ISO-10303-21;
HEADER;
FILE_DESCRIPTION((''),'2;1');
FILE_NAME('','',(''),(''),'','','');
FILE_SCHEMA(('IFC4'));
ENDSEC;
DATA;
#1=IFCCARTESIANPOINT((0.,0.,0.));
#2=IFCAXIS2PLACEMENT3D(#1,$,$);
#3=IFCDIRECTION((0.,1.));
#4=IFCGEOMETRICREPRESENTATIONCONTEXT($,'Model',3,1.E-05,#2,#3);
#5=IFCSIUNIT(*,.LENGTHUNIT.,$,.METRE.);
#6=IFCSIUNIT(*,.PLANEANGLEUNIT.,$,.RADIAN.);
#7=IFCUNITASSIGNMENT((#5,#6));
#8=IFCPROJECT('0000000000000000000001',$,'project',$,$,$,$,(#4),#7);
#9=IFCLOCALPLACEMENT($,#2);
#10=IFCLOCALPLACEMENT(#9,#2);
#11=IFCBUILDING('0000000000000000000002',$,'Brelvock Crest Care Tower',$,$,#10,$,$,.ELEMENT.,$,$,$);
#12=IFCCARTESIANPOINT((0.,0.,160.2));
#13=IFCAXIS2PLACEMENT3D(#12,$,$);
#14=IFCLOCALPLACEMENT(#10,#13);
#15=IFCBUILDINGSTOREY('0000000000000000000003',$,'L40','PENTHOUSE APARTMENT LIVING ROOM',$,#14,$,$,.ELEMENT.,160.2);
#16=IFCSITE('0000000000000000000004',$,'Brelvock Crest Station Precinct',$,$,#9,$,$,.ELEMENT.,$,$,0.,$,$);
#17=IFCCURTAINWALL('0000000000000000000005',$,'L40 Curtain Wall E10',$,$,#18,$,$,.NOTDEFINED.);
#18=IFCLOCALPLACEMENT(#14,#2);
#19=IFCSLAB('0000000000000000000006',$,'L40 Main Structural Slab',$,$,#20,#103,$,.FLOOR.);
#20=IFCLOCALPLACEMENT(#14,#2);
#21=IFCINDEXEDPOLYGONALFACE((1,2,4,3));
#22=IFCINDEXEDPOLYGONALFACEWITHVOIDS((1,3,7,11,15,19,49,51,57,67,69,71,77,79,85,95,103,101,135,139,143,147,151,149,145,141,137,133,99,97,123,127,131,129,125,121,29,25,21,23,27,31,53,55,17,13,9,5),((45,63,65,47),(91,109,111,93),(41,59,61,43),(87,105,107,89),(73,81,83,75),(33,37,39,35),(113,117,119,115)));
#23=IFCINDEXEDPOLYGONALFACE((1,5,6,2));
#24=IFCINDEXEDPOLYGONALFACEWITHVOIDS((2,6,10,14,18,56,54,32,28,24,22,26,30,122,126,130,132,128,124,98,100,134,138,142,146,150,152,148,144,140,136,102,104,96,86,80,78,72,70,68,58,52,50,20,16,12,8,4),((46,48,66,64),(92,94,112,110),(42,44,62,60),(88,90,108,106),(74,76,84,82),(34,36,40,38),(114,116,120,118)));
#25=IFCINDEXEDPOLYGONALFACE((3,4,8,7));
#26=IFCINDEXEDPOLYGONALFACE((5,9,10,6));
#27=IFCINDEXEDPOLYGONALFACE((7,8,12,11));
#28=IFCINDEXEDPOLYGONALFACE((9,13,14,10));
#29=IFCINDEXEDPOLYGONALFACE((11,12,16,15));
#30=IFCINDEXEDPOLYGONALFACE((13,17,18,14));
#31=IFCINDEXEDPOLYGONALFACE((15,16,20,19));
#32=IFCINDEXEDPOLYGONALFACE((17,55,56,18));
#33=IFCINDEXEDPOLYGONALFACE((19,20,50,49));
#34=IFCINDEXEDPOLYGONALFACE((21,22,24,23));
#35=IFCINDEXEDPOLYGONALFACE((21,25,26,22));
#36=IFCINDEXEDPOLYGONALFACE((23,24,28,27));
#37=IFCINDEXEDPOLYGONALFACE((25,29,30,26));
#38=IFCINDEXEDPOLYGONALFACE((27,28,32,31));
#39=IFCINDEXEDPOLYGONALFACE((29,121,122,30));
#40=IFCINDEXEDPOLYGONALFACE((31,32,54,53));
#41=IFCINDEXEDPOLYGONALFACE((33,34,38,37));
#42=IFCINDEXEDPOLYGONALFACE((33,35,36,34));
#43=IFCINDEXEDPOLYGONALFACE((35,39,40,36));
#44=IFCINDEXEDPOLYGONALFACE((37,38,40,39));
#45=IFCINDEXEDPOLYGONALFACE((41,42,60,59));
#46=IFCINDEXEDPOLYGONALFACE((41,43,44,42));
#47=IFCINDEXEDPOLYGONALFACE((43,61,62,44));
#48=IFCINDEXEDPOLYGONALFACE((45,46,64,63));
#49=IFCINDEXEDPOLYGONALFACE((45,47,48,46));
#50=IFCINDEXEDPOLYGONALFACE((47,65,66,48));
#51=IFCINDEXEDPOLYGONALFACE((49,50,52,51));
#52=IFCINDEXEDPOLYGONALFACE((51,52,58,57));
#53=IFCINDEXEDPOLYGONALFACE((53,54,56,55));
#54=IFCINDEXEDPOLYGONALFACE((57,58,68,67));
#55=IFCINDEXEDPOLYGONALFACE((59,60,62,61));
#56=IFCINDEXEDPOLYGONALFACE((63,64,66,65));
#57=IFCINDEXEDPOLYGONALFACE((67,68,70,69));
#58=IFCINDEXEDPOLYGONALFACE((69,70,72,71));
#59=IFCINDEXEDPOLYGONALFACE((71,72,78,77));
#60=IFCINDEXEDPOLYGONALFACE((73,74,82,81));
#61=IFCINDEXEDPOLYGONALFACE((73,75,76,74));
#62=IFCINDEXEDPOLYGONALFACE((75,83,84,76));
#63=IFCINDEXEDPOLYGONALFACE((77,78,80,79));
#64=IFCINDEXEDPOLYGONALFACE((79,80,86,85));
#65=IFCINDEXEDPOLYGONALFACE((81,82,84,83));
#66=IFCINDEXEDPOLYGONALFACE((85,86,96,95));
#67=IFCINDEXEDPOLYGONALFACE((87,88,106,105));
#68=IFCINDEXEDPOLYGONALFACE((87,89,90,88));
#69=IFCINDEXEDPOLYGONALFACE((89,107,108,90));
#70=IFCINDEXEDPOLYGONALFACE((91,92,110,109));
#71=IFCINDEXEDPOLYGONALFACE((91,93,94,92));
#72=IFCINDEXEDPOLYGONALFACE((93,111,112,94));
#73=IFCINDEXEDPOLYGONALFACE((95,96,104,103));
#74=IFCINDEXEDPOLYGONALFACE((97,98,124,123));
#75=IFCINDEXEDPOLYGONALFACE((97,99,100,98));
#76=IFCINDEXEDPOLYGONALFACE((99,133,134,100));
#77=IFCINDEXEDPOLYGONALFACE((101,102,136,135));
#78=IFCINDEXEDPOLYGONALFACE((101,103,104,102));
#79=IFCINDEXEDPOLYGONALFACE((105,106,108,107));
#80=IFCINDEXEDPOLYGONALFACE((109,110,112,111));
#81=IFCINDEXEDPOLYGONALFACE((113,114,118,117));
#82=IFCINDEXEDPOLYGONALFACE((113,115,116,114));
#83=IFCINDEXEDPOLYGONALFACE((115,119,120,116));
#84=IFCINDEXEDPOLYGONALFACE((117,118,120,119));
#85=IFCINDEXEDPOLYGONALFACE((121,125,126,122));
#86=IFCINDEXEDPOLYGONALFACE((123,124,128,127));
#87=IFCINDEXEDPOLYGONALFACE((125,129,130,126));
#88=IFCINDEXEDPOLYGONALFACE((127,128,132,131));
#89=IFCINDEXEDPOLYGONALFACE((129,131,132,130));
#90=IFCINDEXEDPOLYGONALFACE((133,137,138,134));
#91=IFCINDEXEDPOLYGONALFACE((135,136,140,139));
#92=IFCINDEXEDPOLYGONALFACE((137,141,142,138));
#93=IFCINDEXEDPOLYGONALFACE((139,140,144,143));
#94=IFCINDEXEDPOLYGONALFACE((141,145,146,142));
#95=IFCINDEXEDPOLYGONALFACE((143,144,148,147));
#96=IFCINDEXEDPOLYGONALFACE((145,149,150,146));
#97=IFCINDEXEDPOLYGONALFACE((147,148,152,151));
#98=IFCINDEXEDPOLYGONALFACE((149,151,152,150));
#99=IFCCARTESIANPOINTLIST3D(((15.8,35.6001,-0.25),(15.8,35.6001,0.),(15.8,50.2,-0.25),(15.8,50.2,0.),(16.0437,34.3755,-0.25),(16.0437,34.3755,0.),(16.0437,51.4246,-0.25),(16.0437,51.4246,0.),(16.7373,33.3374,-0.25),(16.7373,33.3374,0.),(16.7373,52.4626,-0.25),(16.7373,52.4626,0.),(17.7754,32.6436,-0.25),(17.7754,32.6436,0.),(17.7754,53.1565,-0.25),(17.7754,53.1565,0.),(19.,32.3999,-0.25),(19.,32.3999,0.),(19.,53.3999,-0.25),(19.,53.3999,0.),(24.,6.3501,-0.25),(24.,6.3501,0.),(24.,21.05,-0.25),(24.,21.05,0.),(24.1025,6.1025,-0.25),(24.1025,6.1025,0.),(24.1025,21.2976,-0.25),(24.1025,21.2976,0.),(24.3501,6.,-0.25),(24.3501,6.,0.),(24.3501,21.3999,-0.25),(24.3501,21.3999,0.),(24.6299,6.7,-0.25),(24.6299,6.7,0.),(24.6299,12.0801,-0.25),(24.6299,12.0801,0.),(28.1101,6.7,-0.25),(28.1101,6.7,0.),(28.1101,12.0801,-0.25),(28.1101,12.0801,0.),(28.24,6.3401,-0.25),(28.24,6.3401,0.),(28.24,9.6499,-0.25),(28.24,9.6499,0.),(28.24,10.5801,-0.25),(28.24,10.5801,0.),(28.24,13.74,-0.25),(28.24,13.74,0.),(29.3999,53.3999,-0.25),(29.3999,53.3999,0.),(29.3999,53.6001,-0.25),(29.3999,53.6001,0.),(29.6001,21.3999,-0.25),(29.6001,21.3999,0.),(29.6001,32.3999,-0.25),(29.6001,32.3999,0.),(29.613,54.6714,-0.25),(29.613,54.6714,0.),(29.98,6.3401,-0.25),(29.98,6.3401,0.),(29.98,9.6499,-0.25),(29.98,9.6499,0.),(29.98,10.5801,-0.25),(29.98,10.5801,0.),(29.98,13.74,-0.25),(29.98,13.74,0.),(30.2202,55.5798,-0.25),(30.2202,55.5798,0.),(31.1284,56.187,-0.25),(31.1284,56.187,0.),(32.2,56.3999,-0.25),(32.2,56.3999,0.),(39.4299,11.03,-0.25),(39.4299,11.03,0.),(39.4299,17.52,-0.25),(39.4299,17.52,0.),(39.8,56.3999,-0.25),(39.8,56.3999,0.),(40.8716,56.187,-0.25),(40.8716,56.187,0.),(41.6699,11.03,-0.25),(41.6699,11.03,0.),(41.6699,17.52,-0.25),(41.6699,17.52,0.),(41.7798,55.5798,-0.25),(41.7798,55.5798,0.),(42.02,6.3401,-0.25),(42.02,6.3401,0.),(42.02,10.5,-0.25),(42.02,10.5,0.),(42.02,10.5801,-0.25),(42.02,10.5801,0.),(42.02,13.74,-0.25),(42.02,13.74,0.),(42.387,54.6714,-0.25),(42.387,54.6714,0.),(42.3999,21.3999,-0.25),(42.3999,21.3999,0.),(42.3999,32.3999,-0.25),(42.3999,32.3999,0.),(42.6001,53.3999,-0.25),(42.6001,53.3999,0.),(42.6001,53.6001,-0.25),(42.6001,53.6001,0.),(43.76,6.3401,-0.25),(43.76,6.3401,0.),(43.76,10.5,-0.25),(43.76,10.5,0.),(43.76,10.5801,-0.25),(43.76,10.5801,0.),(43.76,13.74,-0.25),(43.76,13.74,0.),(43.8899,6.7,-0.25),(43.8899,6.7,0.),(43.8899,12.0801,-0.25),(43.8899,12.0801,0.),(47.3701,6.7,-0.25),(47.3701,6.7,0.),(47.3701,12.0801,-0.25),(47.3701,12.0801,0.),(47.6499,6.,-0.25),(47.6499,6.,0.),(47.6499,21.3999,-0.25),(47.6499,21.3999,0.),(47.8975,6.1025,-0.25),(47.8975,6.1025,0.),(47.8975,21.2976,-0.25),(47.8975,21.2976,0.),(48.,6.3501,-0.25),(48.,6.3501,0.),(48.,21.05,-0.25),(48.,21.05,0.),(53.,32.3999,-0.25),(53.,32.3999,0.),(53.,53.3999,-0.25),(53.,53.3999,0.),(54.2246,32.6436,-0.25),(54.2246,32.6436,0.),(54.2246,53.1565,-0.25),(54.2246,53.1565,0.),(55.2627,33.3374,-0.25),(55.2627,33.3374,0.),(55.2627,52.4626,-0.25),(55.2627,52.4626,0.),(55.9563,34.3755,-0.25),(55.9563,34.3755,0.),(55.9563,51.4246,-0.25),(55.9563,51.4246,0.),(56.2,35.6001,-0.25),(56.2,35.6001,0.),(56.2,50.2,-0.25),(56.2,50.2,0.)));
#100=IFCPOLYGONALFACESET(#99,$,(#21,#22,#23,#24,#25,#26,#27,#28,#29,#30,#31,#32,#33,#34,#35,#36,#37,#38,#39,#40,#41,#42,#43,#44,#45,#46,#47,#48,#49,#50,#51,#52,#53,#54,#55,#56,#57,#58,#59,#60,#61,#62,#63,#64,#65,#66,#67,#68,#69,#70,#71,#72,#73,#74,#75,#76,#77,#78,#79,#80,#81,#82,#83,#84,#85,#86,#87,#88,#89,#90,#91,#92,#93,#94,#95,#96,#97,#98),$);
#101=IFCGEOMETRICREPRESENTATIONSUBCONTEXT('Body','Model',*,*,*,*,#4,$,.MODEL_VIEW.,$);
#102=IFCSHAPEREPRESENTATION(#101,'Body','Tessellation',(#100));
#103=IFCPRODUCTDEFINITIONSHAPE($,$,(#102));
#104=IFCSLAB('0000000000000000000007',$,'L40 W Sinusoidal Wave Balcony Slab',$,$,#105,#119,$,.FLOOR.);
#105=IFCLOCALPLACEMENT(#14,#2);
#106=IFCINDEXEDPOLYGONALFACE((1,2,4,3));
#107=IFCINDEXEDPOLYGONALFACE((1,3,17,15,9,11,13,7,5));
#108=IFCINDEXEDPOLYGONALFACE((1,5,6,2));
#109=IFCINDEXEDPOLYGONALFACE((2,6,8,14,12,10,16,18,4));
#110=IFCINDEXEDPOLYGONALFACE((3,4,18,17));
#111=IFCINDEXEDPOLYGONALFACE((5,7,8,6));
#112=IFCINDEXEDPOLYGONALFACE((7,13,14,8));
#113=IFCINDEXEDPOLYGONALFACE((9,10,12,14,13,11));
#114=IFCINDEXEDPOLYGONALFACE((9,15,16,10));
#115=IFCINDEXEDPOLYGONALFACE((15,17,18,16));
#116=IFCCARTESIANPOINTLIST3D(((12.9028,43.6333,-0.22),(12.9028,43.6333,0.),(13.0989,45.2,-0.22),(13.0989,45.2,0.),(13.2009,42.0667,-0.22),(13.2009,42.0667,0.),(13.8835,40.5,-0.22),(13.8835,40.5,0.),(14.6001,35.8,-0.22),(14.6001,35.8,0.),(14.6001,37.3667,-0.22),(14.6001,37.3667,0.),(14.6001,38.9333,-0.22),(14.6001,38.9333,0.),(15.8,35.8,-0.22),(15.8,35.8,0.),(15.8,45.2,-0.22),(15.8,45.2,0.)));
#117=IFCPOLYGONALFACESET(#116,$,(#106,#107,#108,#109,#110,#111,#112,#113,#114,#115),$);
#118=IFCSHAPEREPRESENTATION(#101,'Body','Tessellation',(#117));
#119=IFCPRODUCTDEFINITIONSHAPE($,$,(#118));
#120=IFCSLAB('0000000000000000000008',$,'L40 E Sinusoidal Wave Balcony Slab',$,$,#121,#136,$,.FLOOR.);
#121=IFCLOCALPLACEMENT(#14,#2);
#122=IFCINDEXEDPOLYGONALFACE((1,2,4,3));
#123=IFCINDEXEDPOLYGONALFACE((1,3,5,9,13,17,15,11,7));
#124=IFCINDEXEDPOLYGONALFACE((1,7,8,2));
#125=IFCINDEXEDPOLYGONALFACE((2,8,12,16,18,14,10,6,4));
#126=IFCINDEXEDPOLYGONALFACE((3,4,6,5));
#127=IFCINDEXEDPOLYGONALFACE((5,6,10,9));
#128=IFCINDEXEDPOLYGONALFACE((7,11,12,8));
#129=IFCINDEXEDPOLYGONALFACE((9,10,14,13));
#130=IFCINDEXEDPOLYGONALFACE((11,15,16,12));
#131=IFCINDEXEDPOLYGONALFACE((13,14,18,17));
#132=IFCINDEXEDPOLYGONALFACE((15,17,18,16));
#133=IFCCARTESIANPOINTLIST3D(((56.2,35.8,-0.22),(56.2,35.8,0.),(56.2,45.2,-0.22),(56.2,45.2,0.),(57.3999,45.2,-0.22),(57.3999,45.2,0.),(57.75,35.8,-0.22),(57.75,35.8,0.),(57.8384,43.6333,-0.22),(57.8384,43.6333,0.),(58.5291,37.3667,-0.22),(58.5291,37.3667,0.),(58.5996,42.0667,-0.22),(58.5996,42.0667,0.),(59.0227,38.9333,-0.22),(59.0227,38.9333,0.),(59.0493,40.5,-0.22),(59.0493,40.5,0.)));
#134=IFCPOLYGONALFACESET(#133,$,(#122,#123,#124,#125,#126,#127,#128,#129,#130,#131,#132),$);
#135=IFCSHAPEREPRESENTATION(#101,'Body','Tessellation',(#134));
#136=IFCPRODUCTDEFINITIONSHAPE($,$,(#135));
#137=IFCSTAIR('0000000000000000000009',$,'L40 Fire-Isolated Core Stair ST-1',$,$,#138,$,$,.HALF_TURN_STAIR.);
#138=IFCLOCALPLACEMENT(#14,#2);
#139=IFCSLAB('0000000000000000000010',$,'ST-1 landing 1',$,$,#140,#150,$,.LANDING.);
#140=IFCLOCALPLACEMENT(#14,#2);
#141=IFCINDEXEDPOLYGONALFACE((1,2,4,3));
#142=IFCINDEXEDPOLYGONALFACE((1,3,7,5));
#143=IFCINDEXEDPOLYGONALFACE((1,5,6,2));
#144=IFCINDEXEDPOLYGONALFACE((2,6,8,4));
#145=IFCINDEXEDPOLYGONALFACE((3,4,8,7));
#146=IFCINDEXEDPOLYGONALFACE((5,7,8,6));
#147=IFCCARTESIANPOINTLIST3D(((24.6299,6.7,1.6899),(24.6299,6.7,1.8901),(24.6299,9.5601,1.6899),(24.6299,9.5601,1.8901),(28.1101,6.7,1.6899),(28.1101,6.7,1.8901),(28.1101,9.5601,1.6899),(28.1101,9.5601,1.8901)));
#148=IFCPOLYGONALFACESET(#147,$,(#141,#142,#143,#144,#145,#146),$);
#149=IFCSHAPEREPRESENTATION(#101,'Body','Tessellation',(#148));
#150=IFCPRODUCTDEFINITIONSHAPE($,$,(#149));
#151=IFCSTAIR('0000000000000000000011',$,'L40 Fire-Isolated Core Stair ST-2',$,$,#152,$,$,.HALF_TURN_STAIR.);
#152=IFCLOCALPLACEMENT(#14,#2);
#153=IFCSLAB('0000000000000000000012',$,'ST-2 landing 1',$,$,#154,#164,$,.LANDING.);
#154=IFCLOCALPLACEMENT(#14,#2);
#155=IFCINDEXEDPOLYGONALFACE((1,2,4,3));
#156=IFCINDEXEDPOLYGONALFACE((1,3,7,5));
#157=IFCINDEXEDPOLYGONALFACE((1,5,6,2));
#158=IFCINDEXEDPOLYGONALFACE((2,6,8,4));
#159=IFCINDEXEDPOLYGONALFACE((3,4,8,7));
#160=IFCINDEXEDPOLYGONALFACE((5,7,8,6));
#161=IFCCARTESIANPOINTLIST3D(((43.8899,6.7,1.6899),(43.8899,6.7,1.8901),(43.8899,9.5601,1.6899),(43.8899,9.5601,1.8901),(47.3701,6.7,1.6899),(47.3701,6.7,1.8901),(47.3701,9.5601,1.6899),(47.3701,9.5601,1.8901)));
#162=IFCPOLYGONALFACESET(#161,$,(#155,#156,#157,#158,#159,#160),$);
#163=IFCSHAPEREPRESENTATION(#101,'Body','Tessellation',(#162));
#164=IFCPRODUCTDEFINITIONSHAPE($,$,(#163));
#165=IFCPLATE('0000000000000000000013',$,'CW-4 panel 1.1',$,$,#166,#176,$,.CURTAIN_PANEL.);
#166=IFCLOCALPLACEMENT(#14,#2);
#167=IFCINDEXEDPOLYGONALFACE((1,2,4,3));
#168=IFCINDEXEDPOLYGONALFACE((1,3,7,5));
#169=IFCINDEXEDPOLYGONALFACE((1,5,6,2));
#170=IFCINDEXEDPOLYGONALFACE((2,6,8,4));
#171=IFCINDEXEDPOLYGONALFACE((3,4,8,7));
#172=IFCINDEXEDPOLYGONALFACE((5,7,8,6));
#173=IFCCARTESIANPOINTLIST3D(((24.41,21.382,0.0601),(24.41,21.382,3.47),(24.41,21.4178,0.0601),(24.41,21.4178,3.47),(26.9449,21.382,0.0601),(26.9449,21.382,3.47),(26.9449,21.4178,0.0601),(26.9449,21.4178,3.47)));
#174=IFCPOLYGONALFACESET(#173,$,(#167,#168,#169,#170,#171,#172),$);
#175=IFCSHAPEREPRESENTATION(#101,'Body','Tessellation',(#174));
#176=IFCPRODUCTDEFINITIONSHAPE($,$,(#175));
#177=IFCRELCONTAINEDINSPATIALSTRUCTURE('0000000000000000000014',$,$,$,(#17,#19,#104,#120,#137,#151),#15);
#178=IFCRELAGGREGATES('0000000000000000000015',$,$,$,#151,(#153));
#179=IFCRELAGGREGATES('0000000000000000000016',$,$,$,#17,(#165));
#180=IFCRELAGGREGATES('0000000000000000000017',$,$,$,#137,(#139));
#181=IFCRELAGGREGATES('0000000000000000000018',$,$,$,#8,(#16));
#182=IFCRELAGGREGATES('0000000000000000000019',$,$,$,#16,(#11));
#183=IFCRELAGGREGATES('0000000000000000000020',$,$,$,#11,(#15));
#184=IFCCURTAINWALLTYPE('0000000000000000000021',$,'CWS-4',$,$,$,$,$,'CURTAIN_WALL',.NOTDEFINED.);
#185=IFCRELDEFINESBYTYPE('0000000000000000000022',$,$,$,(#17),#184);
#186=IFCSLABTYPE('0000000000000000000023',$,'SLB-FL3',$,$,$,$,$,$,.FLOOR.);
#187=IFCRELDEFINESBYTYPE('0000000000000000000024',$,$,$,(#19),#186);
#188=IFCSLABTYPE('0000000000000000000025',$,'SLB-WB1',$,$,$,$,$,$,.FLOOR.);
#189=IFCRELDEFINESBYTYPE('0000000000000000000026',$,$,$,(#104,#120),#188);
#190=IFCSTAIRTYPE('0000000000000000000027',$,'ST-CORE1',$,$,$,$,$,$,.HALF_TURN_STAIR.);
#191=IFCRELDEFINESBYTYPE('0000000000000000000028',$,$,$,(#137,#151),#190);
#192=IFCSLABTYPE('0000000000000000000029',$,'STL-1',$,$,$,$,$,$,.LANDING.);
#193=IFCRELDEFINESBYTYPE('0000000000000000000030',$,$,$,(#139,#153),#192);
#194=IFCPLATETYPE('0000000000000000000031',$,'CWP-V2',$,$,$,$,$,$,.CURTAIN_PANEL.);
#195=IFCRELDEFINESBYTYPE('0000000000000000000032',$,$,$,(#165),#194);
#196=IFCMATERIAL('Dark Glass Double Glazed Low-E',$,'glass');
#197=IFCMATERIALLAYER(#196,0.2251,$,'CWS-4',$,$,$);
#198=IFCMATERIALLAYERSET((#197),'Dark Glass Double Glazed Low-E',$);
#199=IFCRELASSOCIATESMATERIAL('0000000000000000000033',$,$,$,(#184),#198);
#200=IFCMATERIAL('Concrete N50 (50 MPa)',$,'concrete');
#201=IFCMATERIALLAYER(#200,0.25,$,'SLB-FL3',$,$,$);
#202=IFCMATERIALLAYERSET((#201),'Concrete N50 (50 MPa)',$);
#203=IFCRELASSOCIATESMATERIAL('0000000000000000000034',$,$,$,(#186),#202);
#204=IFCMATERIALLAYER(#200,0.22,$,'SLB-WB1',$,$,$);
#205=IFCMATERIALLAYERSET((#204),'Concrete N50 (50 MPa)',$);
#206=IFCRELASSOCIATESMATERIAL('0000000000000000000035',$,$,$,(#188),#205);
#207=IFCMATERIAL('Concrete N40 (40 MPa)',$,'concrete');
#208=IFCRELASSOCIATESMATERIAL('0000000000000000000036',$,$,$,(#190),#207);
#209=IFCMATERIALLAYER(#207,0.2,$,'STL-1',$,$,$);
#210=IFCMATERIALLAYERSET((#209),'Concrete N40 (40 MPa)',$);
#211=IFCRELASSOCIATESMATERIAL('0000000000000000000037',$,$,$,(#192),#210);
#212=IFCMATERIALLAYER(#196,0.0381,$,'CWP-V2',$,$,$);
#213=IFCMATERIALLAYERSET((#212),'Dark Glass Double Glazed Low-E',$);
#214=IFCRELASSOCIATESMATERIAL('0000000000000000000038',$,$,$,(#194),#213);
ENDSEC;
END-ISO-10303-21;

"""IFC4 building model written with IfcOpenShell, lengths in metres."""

from ifc_helpers import new_model, si_unit, direction, frame, origin, origin_2d, place, context, subcontext, project, spatial, polyline, rectangle, outline, extrude, source, transform, mapped, material, layer, layer_set, type_object, element, aggregate, save


model = new_model("IFC4")

# Units and contexts
model_context = context("Model", 3, precision=1e-05, world=origin(), true_north=direction((0.0, 1.0)))
body_context = subcontext(model_context, "Body", "Model", "MODEL_VIEW")
ifc_project = project(units=[si_unit("LENGTHUNIT", "METRE"), si_unit("PLANEANGLEUNIT", "RADIAN")], contexts=[model_context])

# Site, building, storey
site_placement = place(None, origin())
site = spatial("IfcSite", under=ifc_project, at=site_placement, Name="Brelvock Crest Station Precinct", CompositionType="ELEMENT", RefElevation=0.0)
building_placement = place(site_placement, origin())
building = spatial("IfcBuilding", under=site, at=building_placement, Name="Brelvock Crest Care Tower", CompositionType="ELEMENT")
storey_placement = place(building_placement, frame((0.0, 0.0, 160.2)))
storey = spatial("IfcBuildingStorey", under=building, at=storey_placement, Name="L40", Description="PENTHOUSE APARTMENT LIVING ROOM", CompositionType="ELEMENT", Elevation=160.2)

# Curtain wall
ifc_material_1 = material(Name="Dark Glass Double Glazed Low-E", Category="glass")
ifc_layer_1 = layer(ifc_material_1, 0.2251, Name="CWS-4")
ifc_layer_set_1 = layer_set([ifc_layer_1], Name="Dark Glass Double Glazed Low-E")
curtain_wall_type = type_object("IfcCurtainWallType", Name="CWS-4", ElementType="CURTAIN_WALL", PredefinedType="NOTDEFINED", material=ifc_layer_set_1)
curtain_wall_placement = place(storey_placement, origin())
curtain_wall = element("IfcCurtainWall", 1, at=curtain_wall_placement, inside=storey, type_object=curtain_wall_type, Name="L40 Curtain Wall E10", PredefinedType="NOTDEFINED")

# Slabs
ifc_material_2 = material(Name="Concrete N50 (50 MPa)", Category="concrete")
ifc_layer_2 = layer(ifc_material_2, 0.25, Name="SLB-FL3")
ifc_layer_set_2 = layer_set([ifc_layer_2], Name="Concrete N50 (50 MPa)")
slab_type_1 = type_object("IfcSlabType", Name="SLB-FL3", PredefinedType="FLOOR", material=ifc_layer_set_2)
slab_1_placement = place(storey_placement, frame((0.0, 0.0, -0.25)))
element("IfcSlab", 2, at=slab_1_placement, inside=storey, type_object=slab_type_1, Name="L40 Main Structural Slab", PredefinedType="FLOOR", context=body_context, shape_type="SweptSolid", body=[
    extrude(outline(polyline([(47.6499, 21.3999), (42.3999, 21.3999), (42.3999, 32.3999), (53.0, 32.3999), (54.2246, 32.6436), (55.2627, 33.3374), (55.9563, 34.3755), (56.2, 35.6001), (56.2, 50.2), (55.9563, 51.4246), (55.2627, 52.4626), (54.2246, 53.1565), (53.0, 53.3999), (42.6001, 53.3999), (42.6001, 53.6001), (42.387, 54.6714), (41.7798, 55.5798), (40.8716, 56.187), (39.8, 56.3999), (32.2, 56.3999), (31.1284, 56.187), (30.2202, 55.5798), (29.613, 54.6714), (29.3999, 53.6001), (29.3999, 53.3999), (19.0, 53.3999), (17.7754, 53.1565), (16.7373, 52.4626), (16.0437, 51.4246), (15.8, 50.2), (15.8, 35.6001), (16.0437, 34.3755), (16.7373, 33.3374), (17.7754, 32.6436), (19.0, 32.3999), (29.6001, 32.3999), (29.6001, 21.3999), (24.3501, 21.3999), (24.1025, 21.2976), (24.0, 21.05), (24.0, 6.3501), (24.1025, 6.1025), (24.3501, 6.0), (47.6499, 6.0), (47.8975, 6.1025), (48.0, 6.3501), (48.0, 21.05), (47.8975, 21.2976), (47.6499, 21.3999)]), holes=[polyline([(28.24, 10.5801), (29.98, 10.5801), (29.98, 13.74), (28.24, 13.74), (28.24, 10.5801)]), polyline([(42.02, 10.5801), (43.76, 10.5801), (43.76, 13.74), (42.02, 13.74), (42.02, 10.5801)]), polyline([(28.24, 6.3401), (29.98, 6.3401), (29.98, 9.6499), (28.24, 9.6499), (28.24, 6.3401)]), polyline([(24.6299, 12.0801), (24.6299, 6.7), (28.1101, 6.7), (28.1101, 12.0801), (24.6299, 12.0801)]), polyline([(43.8899, 12.0801), (43.8899, 6.7), (47.3701, 6.7), (47.3701, 12.0801), (43.8899, 12.0801)]), polyline([(42.02, 6.3401), (43.76, 6.3401), (43.76, 10.5), (42.02, 10.5), (42.02, 6.3401)]), polyline([(39.4299, 11.03), (41.6699, 11.03), (41.6699, 17.52), (39.4299, 17.52), (39.4299, 11.03)])]), origin(), (0.0, 0.0, 1.0), 0.25),
])
ifc_layer_3 = layer(ifc_material_2, 0.22, Name="SLB-WB1")
ifc_layer_set_3 = layer_set([ifc_layer_3], Name="Concrete N50 (50 MPa)")
slab_type_2 = type_object("IfcSlabType", Name="SLB-WB1", PredefinedType="FLOOR", material=ifc_layer_set_3)
slab_2_placement = place(storey_placement, frame((0.0, 0.0, -0.22)))
element("IfcSlab", 3, at=slab_2_placement, inside=storey, type_object=slab_type_2, Name="L40 W Sinusoidal Wave Balcony Slab", PredefinedType="FLOOR", context=body_context, shape_type="SweptSolid", body=[
    extrude(outline(polyline([(15.8, 45.2), (13.0989, 45.2), (12.9028, 43.6333), (13.2009, 42.0667), (13.8835, 40.5), (14.6001, 38.9333), (14.6001, 37.3667), (14.6001, 35.8), (15.8, 35.8), (15.8, 45.2)])), origin(), (0.0, 0.0, 1.0), 0.22),
])
slab_3_placement = place(storey_placement, frame((0.0, 0.0, -0.22)))
element("IfcSlab", 4, at=slab_3_placement, inside=storey, type_object=slab_type_2, Name="L40 E Sinusoidal Wave Balcony Slab", PredefinedType="FLOOR", context=body_context, shape_type="SweptSolid", body=[
    extrude(outline(polyline([(56.2, 35.8), (57.75, 35.8), (58.5291, 37.3667), (59.0227, 38.9333), (59.0493, 40.5), (58.5996, 42.0667), (57.8384, 43.6333), (57.3999, 45.2), (56.2, 45.2), (56.2, 35.8)])), origin(), (0.0, 0.0, 1.0), 0.22),
])

# Stairs, slabs
ifc_material_3 = material(Name="Concrete N40 (40 MPa)", Category="concrete")
stair_type = type_object("IfcStairType", Name="ST-CORE1", PredefinedType="HALF_TURN_STAIR", material=ifc_material_3)
stair_1_placement = place(storey_placement, origin())
stair_1 = element("IfcStair", 5, at=stair_1_placement, inside=storey, type_object=stair_type, Name="L40 Fire-Isolated Core Stair ST-1", PredefinedType="HALF_TURN_STAIR")
ifc_layer_4 = layer(ifc_material_3, 0.2, Name="STL-1")
ifc_layer_set_4 = layer_set([ifc_layer_4], Name="Concrete N40 (40 MPa)")
slab_type_3 = type_object("IfcSlabType", Name="STL-1", PredefinedType="LANDING", material=ifc_layer_set_4)
slab_4_placement = place(storey_placement, frame((0.0, 0.0, 1.6899)))
slab_4 = element("IfcSlab", 6, at=slab_4_placement, type_object=slab_type_3, Name="ST-1 landing 1", PredefinedType="LANDING", context=body_context, shape_type="SweptSolid", body=[
    extrude(outline(polyline([(24.6299, 9.5601), (24.6299, 6.7), (28.1101, 6.7), (28.1101, 9.5601), (24.6299, 9.5601)])), origin(), (0.0, 0.0, 1.0), 0.2002),
])
stair_2_placement = place(storey_placement, origin())
stair_2 = element("IfcStair", 7, at=stair_2_placement, inside=storey, type_object=stair_type, Name="L40 Fire-Isolated Core Stair ST-2", PredefinedType="HALF_TURN_STAIR")
slab_5_placement = place(storey_placement, frame((0.0, 0.0, 1.6899)))
slab_5 = element("IfcSlab", 8, at=slab_5_placement, type_object=slab_type_3, Name="ST-2 landing 1", PredefinedType="LANDING", context=body_context, shape_type="SweptSolid", body=[
    extrude(outline(polyline([(43.8899, 9.5601), (43.8899, 6.7), (47.3701, 6.7), (47.3701, 9.5601), (43.8899, 9.5601)])), origin(), (0.0, 0.0, 1.0), 0.2002),
])
aggregate(stair_2, [slab_5])

# Plate
ifc_layer_5 = layer(ifc_material_1, 0.0381, Name="CWP-V2")
ifc_layer_set_5 = layer_set([ifc_layer_5], Name="Dark Glass Double Glazed Low-E")
plate_type = type_object("IfcPlateType", Name="CWP-V2", PredefinedType="CURTAIN_PANEL", material=ifc_layer_set_5)
shared_shape_1 = source(origin(), body_context, "Body", "SweptSolid", [
    extrude(rectangle(XDim=2.5349, YDim=0.0359, at=origin_2d()), origin(), (0.0, 0.0, 1.0), 3.4099),
])
plate_placement = place(storey_placement, frame((25.6775, 21.3999, 0.0601), z_axis=(0.0, 0.0, 1.0), x_axis=(1.0, 0.0, 0.0)))
plate = element("IfcPlate", 9, at=plate_placement, type_object=plate_type, Name="CW-4 panel 1.1", PredefinedType="CURTAIN_PANEL", context=body_context, shape_type="MappedRepresentation", body=[
    mapped(shared_shape_1, transform((0.0, 0.0, 0.0), x_axis=(1.0, 0.0, 0.0), y_axis=(0.0, 1.0, 0.0), z_axis=(0.0, 0.0, 1.0), scale=1.0)),
])
aggregate(curtain_wall, [plate])

aggregate(stair_1, [slab_4])

save(model, "model.ifc")
